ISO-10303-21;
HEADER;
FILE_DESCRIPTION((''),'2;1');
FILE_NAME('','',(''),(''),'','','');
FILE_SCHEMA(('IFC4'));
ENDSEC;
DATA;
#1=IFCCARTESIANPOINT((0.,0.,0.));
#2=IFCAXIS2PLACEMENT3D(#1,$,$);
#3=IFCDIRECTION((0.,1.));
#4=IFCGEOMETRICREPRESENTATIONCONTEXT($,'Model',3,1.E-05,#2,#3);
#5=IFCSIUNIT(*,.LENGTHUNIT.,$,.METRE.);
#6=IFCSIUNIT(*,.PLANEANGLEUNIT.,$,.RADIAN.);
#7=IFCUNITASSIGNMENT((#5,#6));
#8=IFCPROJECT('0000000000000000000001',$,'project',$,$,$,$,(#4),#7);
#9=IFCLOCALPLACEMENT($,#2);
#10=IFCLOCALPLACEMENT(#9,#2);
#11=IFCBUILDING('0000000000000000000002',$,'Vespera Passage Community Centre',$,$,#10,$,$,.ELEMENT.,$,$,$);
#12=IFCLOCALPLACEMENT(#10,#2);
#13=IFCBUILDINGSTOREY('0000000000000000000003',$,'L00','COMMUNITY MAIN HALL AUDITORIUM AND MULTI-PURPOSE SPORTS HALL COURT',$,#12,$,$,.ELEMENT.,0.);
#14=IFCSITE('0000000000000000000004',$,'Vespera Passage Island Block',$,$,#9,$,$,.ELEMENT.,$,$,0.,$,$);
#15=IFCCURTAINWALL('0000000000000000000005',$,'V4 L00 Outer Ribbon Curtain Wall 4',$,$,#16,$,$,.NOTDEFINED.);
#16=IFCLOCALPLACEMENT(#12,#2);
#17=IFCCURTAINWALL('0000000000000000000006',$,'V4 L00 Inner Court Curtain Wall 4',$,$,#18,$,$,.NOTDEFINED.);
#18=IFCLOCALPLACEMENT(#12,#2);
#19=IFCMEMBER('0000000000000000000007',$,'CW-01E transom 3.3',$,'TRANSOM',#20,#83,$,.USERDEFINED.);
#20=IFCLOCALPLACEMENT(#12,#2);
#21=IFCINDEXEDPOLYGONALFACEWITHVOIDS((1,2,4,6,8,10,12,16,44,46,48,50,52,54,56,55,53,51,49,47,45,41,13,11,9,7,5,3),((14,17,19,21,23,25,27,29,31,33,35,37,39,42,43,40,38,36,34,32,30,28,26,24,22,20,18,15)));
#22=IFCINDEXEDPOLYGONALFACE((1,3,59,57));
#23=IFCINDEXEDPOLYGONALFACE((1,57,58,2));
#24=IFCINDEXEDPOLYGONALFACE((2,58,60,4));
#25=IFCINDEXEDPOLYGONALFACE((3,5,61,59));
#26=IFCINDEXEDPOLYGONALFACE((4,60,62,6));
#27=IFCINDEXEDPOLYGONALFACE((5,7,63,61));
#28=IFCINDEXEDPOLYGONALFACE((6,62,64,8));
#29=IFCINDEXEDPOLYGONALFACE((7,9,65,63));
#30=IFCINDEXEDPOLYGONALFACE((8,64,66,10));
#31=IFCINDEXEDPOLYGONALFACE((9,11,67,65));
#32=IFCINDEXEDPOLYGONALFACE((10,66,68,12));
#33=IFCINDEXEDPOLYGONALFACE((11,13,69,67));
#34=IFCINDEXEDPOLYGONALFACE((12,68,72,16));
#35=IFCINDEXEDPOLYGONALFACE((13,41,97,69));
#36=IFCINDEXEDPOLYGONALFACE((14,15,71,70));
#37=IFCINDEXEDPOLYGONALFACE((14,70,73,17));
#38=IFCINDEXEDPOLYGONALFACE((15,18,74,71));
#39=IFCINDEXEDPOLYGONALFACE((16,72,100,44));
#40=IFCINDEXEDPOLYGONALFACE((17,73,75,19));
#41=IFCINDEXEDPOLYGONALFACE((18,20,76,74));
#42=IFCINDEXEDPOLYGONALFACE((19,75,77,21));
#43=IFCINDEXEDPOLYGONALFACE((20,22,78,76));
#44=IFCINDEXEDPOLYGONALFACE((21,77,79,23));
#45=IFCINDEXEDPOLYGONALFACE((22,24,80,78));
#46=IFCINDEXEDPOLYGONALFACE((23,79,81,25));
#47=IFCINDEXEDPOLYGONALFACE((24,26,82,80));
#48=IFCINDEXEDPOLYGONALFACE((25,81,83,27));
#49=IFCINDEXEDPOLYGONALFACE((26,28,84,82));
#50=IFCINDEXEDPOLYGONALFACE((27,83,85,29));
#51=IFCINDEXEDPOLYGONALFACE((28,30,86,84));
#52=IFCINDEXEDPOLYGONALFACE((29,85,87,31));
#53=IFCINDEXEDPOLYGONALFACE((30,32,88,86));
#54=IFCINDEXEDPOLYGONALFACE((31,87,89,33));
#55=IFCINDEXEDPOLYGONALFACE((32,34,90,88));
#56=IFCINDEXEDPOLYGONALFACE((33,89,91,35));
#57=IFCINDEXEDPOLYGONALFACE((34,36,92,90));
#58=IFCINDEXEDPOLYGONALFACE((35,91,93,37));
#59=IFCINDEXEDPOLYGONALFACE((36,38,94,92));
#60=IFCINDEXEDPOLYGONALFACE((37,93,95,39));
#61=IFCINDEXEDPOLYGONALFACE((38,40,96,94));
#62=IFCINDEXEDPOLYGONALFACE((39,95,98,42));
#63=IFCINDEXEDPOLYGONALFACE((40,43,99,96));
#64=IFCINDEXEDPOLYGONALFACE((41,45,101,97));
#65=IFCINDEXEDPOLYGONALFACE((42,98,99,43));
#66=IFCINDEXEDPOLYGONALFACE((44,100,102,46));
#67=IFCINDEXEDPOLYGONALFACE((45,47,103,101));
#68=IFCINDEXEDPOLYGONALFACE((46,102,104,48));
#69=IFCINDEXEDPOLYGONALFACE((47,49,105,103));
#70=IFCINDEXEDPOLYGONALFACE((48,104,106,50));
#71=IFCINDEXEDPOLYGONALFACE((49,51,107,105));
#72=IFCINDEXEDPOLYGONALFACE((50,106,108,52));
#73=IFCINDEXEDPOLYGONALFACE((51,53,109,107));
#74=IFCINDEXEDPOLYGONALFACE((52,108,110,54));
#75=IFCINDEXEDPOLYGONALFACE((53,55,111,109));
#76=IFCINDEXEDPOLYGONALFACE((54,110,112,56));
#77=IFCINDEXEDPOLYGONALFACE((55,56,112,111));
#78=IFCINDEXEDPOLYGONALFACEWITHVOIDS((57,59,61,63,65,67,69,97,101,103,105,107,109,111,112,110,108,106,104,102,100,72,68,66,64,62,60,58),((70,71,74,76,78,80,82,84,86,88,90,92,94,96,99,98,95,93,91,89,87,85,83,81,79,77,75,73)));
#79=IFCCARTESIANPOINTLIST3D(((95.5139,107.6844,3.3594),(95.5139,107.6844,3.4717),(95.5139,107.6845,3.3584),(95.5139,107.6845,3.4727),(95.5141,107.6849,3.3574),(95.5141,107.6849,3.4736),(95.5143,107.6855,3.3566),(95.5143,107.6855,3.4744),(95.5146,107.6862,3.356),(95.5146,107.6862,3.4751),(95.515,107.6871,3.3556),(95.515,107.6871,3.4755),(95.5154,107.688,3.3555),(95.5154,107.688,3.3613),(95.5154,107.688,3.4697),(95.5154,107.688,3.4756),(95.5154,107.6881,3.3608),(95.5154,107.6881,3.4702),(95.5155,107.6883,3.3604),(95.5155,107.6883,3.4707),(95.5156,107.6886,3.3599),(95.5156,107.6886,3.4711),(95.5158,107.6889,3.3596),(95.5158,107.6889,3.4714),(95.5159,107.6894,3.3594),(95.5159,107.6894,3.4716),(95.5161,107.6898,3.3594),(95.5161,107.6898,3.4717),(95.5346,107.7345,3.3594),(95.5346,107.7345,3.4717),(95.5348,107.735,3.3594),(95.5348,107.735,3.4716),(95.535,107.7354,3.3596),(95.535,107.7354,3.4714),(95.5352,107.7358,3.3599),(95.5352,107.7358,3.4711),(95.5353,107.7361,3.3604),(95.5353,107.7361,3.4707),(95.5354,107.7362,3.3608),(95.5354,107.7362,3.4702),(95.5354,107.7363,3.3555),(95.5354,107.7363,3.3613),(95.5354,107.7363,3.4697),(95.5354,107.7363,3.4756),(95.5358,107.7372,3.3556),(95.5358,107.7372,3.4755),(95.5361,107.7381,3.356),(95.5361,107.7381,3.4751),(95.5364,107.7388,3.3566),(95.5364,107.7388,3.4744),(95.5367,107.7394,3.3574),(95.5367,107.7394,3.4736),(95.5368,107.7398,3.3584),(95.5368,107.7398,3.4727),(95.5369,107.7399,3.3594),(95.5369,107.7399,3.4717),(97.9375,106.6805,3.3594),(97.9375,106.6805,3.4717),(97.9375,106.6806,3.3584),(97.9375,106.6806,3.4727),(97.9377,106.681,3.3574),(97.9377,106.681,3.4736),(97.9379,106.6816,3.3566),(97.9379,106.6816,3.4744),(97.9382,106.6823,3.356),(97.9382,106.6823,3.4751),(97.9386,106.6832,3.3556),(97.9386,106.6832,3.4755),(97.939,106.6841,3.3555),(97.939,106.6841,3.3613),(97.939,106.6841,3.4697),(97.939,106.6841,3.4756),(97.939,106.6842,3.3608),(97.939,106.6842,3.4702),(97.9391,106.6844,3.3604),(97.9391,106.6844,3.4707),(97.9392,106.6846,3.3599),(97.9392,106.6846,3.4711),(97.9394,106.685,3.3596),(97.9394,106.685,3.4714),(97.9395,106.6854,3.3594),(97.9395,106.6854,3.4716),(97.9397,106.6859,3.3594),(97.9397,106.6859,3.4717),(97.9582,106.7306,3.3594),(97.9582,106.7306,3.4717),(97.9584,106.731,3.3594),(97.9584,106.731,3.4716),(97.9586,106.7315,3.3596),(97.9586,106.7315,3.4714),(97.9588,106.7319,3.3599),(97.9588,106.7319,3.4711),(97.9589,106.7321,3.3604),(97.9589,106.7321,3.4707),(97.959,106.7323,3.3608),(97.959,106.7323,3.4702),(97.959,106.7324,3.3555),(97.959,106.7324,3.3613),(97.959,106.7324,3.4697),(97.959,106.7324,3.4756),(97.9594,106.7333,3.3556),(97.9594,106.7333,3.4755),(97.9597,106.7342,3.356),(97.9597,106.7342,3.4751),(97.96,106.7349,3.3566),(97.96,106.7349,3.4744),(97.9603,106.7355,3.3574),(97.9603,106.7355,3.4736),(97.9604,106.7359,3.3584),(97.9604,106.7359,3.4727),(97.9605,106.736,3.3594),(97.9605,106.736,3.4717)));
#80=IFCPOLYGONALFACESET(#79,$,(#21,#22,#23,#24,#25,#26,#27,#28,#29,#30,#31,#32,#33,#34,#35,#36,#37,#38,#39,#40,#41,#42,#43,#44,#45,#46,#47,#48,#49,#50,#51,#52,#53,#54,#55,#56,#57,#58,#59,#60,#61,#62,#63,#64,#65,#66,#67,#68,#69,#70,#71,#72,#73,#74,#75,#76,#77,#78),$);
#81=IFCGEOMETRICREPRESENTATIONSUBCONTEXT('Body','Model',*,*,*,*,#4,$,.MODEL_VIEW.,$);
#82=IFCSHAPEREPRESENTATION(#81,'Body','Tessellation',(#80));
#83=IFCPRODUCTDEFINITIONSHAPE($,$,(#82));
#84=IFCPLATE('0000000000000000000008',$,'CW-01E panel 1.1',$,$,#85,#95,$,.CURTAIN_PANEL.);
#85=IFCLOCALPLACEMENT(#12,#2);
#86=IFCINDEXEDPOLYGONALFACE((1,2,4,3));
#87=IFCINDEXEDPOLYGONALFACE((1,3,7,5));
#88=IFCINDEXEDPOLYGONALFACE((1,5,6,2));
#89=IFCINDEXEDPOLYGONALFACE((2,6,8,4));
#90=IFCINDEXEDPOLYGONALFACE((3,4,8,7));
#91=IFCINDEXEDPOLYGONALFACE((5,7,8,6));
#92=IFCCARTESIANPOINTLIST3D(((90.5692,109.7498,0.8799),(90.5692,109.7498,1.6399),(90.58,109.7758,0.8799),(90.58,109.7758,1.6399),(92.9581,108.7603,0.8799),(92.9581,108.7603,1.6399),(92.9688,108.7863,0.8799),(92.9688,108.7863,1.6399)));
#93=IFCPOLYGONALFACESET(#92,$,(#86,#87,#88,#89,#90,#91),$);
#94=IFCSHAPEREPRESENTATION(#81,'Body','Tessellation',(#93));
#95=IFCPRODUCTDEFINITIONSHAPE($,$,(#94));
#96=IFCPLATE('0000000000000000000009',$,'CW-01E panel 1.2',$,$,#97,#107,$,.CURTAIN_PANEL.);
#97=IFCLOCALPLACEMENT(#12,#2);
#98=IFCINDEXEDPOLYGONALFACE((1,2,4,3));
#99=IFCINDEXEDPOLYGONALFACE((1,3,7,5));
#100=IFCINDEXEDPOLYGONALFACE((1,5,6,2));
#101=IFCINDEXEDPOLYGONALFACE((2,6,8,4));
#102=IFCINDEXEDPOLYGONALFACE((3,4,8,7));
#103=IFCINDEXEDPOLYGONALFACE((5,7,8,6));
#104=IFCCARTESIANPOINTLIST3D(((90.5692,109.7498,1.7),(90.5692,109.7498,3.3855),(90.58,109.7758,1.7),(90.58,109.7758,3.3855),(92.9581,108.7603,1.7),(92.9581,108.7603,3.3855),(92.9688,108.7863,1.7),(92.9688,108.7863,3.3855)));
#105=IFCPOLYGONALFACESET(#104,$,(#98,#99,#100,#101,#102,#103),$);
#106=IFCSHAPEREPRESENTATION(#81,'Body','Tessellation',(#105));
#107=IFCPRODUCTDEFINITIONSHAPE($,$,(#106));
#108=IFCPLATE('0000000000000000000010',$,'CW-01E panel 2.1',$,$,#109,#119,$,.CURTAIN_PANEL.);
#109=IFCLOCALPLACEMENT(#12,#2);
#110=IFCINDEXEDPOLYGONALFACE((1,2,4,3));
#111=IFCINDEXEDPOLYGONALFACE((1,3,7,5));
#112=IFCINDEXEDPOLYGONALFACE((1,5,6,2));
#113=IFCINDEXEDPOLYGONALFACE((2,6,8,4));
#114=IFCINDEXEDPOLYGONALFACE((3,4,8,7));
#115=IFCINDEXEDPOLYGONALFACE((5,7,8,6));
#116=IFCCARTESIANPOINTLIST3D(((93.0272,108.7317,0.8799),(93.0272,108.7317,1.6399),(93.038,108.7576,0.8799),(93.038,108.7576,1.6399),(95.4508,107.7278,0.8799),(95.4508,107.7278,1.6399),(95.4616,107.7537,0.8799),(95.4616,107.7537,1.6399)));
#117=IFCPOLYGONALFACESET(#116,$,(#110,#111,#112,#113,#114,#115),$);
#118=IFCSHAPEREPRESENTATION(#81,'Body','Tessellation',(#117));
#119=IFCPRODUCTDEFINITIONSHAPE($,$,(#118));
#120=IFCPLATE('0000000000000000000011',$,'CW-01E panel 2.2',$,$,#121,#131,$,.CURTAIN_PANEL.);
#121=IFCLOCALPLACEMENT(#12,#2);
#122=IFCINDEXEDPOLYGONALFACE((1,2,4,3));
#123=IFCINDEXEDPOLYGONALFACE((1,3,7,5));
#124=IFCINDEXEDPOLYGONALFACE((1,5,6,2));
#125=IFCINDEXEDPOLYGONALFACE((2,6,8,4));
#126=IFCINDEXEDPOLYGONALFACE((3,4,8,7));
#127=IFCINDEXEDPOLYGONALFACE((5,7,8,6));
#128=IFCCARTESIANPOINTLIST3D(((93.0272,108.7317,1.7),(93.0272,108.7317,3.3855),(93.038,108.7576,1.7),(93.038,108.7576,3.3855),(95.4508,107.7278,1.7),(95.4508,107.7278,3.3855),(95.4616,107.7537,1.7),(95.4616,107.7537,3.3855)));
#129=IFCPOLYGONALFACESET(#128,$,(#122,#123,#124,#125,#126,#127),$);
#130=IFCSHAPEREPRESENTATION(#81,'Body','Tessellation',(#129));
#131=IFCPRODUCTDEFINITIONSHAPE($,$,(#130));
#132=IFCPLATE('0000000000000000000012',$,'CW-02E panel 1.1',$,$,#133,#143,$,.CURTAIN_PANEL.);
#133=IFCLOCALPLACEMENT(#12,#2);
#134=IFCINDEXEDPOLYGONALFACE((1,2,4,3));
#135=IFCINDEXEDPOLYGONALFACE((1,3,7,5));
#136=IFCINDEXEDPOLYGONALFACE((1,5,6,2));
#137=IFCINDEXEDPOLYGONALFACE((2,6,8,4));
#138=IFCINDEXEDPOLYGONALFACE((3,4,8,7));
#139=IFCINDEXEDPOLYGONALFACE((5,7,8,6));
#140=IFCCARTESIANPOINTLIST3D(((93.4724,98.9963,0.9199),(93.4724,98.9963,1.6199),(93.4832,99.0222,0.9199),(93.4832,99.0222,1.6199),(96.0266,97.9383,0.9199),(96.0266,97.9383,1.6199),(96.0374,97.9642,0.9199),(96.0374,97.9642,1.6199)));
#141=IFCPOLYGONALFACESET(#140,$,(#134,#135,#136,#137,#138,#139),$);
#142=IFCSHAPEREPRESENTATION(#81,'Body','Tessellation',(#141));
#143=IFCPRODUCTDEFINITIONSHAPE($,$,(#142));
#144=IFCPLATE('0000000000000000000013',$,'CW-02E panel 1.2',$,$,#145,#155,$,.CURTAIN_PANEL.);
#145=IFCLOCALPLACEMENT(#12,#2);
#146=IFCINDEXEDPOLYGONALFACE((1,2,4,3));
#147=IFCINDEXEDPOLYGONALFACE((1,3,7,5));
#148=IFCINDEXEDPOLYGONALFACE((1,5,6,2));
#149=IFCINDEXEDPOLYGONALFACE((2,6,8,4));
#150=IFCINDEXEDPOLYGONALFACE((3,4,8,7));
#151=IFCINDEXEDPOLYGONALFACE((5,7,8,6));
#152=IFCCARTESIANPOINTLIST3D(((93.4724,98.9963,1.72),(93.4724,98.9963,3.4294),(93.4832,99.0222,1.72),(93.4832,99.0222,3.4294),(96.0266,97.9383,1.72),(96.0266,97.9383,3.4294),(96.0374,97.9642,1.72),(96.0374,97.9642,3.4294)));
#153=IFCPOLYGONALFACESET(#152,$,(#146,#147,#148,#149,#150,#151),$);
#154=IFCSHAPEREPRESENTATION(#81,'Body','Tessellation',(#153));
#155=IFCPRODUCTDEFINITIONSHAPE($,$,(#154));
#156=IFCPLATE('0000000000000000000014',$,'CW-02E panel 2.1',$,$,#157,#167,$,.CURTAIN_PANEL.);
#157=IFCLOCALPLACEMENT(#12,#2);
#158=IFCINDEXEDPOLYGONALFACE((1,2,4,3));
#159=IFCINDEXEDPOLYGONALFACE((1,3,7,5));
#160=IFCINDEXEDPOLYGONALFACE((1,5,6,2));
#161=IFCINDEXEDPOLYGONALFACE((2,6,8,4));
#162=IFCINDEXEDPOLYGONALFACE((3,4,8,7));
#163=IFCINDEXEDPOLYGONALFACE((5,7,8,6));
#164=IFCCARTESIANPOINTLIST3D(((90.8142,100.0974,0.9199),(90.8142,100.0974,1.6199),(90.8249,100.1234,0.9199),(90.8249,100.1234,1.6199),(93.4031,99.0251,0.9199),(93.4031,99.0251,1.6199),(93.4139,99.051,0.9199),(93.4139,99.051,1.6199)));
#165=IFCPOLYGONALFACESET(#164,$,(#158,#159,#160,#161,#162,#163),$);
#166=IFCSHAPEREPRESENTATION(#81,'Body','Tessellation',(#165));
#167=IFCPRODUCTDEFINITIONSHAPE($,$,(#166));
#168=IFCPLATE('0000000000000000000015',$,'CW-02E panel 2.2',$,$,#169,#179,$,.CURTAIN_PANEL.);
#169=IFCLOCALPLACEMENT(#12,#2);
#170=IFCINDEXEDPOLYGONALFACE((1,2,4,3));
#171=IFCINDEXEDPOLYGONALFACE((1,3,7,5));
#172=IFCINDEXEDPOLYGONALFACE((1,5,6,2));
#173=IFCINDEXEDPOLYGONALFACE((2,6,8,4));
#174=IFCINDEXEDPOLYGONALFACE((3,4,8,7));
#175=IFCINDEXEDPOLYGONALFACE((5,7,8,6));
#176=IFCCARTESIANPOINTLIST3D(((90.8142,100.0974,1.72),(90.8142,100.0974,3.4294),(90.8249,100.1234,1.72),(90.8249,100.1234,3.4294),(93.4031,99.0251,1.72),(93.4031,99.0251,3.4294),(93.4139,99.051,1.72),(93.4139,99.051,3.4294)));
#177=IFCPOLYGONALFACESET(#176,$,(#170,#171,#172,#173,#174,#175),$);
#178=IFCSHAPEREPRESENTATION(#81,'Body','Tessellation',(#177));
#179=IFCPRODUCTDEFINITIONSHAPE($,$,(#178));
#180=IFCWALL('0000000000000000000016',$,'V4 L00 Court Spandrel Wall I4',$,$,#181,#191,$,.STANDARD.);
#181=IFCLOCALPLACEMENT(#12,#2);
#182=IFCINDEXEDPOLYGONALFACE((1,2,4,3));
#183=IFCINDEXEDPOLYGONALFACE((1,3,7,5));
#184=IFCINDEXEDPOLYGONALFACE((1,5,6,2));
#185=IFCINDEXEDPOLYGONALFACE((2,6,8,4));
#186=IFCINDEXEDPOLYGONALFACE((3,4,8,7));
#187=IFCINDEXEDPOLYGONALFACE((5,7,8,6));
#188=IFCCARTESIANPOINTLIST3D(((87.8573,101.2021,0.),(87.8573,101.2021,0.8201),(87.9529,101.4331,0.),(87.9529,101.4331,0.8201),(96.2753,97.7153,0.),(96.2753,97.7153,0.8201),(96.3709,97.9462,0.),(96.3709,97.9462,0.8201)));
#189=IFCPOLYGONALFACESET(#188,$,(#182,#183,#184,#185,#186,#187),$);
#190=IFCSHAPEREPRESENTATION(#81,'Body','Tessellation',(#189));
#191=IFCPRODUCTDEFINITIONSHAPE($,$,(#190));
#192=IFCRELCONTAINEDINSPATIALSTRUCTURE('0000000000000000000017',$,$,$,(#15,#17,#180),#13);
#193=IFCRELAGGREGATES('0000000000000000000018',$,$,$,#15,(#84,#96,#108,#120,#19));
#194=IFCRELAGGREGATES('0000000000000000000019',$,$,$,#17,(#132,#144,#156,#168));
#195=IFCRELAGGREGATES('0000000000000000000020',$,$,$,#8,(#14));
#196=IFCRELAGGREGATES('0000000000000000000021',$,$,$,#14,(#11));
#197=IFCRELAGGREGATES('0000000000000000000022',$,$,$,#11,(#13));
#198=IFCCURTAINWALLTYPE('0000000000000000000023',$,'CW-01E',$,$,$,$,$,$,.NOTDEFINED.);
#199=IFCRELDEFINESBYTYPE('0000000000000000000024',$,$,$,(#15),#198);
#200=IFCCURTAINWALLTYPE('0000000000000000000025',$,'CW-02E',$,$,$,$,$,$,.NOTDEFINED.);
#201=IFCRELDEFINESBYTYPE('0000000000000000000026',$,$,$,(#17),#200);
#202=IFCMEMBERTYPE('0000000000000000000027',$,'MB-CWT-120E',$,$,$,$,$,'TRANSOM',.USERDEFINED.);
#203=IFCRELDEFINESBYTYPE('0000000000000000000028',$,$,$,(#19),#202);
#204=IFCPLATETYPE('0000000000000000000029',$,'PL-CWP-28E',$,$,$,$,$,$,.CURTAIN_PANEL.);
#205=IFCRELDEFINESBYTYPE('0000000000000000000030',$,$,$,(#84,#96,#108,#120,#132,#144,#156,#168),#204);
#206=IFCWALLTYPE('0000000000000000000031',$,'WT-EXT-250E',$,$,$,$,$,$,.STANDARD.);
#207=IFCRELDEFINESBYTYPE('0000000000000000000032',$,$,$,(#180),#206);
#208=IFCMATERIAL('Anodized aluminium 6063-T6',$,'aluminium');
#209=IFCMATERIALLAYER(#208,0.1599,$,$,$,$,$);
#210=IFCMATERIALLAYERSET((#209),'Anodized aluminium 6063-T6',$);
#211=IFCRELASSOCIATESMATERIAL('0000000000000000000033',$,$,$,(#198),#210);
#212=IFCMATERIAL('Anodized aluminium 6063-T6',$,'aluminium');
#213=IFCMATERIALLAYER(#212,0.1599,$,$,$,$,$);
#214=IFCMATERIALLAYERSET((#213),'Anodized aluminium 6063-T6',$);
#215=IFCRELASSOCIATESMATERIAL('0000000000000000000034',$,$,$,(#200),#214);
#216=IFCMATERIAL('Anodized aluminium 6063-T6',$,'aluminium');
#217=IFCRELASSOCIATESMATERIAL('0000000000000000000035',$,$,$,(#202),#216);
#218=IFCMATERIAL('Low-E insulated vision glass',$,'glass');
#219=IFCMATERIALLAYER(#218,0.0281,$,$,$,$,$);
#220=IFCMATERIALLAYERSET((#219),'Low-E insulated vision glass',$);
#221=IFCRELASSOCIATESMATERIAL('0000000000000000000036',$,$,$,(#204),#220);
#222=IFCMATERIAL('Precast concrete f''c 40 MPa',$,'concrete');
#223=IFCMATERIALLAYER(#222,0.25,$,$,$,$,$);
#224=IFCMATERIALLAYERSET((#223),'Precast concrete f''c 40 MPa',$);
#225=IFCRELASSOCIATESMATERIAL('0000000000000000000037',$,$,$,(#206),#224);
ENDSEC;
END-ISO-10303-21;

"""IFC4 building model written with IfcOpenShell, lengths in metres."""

from ifc_helpers import new_model, si_unit, direction, frame, frame_2d, origin, origin_2d, place, context, subcontext, project, spatial, rectangle, hollow_rectangle, extrude, material, layer, layer_set, material_profile, profile_set, type_object, element, aggregate, save


model = new_model("IFC4")

# Units and contexts
model_context = context("Model", 3, precision=1e-05, world=origin(), true_north=direction((0.0, 1.0)))
body_context = subcontext(model_context, "Body", "Model", "MODEL_VIEW")
ifc_project = project(units=[si_unit("LENGTHUNIT", "METRE"), si_unit("PLANEANGLEUNIT", "RADIAN")], contexts=[model_context])

# Site, building, storey
site_placement = place(None, origin())
site = spatial("IfcSite", under=ifc_project, at=site_placement, Name="Vespera Passage Island Block", CompositionType="ELEMENT", RefElevation=0.0)
building_placement = place(site_placement, origin())
building = spatial("IfcBuilding", under=site, at=building_placement, Name="Vespera Passage Community Centre", CompositionType="ELEMENT")
storey_placement = place(building_placement, origin())
storey = spatial("IfcBuildingStorey", under=building, at=storey_placement, Name="L00", Description="COMMUNITY MAIN HALL AUDITORIUM AND MULTI-PURPOSE SPORTS HALL COURT", CompositionType="ELEMENT", Elevation=0.0)

# Curtain walls
ifc_material_1 = material(Name="Anodized aluminium 6063-T6", Category="aluminium")
ifc_layer_1 = layer(ifc_material_1, 0.1599)
ifc_layer_set_1 = layer_set([ifc_layer_1], Name="Anodized aluminium 6063-T6")
curtain_wall_type_1 = type_object("IfcCurtainWallType", Name="CW-01E", PredefinedType="NOTDEFINED", material=ifc_layer_set_1)
curtain_wall_1_placement = place(storey_placement, origin())
curtain_wall_1 = element("IfcCurtainWall", 1, at=curtain_wall_1_placement, inside=storey, type_object=curtain_wall_type_1, Name="V4 L00 Outer Ribbon Curtain Wall 4", PredefinedType="NOTDEFINED")
ifc_material_2 = material(Name="Anodized aluminium 6063-T6", Category="aluminium")
ifc_layer_2 = layer(ifc_material_2, 0.1599)
ifc_layer_set_2 = layer_set([ifc_layer_2], Name="Anodized aluminium 6063-T6")
curtain_wall_type_2 = type_object("IfcCurtainWallType", Name="CW-02E", PredefinedType="NOTDEFINED", material=ifc_layer_set_2)
curtain_wall_2_placement = place(storey_placement, origin())
curtain_wall_2 = element("IfcCurtainWall", 2, at=curtain_wall_2_placement, inside=storey, type_object=curtain_wall_type_2, Name="V4 L00 Inner Court Curtain Wall 4", PredefinedType="NOTDEFINED")

# Member
ifc_material_3 = material(Name="Anodized aluminium 6063-T6", Category="aluminium")
ifc_material_profile_1 = material_profile(ifc_material_3, hollow_rectangle(XDim=0.0601, YDim=0.1201, WallThickness=0.0039, InnerFilletRadius=0.002, OuterFilletRadius=0.0039, at=origin_2d()), Name="ALU120X60X4")
ifc_profile_set_1 = profile_set([ifc_material_profile_1], Name="Anodized aluminium 6063-T6")
member_type_1 = type_object("IfcMemberType", Name="MB-CWT-120E", ElementType="TRANSOM", PredefinedType="USERDEFINED", material=ifc_profile_set_1)
member_1_placement = place(storey_placement, frame((95.5254, 107.7122, 3.4155), z_axis=(0.923876, -0.382692, 0.0), x_axis=(0.382692, 0.923876, 0.0)))
member_1 = element("IfcMember", 3, at=member_1_placement, type_object=member_type_1, Name="CW-01E transom 3.3", ObjectType="TRANSOM", PredefinedType="USERDEFINED", context=body_context, shape_type="SweptSolid", body=[
    extrude(hollow_rectangle(XDim=0.0601, YDim=0.1201, WallThickness=0.0039, InnerFilletRadius=0.002, OuterFilletRadius=0.0039, at=origin_2d()), origin(), (0.0, 0.0, 1.0), 2.6233),
])

# Plates
ifc_material_4 = material(Name="Low-E insulated vision glass", Category="glass")
ifc_layer_3 = layer(ifc_material_4, 0.0281)
ifc_layer_set_3 = layer_set([ifc_layer_3], Name="Low-E insulated vision glass")
plate_type = type_object("IfcPlateType", Name="PL-CWP-28E", PredefinedType="CURTAIN_PANEL", material=ifc_layer_set_3)
plate_1_placement = place(storey_placement, frame((91.769, 109.2681, 0.8799), z_axis=(0.0, 0.0, 1.0), x_axis=(0.92388, -0.382683, 0.0)))
plate_1 = element("IfcPlate", 4, at=plate_1_placement, type_object=plate_type, Name="CW-01E panel 1.1", PredefinedType="CURTAIN_PANEL", context=body_context, shape_type="SweptSolid", body=[
    extrude(rectangle(XDim=2.5857, YDim=0.0281, at=origin_2d()), origin(), (0.0, 0.0, 1.0), 0.76),
])
plate_2_placement = place(storey_placement, frame((91.769, 109.2681, 1.7), z_axis=(0.0, 0.0, 1.0), x_axis=(0.92388, -0.382683, 0.0)))
plate_2 = element("IfcPlate", 5, at=plate_2_placement, type_object=plate_type, Name="CW-01E panel 1.2", PredefinedType="CURTAIN_PANEL", context=body_context, shape_type="SweptSolid", body=[
    extrude(rectangle(XDim=2.5857, YDim=0.0281, at=origin_2d()), origin(), (0.0, 0.0, 1.0), 1.6855),
])
plate_3_placement = place(storey_placement, frame((94.2444, 108.2427, 0.8799), z_axis=(0.0, 0.0, 1.0), x_axis=(0.92388, -0.382683, 0.0)))
plate_3 = element("IfcPlate", 6, at=plate_3_placement, type_object=plate_type, Name="CW-01E panel 2.1", PredefinedType="CURTAIN_PANEL", context=body_context, shape_type="SweptSolid", body=[
    extrude(rectangle(XDim=2.6233, YDim=0.0281, at=origin_2d()), origin(), (0.0, 0.0, 1.0), 0.76),
])
plate_4_placement = place(storey_placement, frame((94.2444, 108.2427, 1.7), z_axis=(0.0, 0.0, 1.0), x_axis=(0.92388, -0.382683, 0.0)))
plate_4 = element("IfcPlate", 7, at=plate_4_placement, type_object=plate_type, Name="CW-01E panel 2.2", PredefinedType="CURTAIN_PANEL", context=body_context, shape_type="SweptSolid", body=[
    extrude(rectangle(XDim=2.6233, YDim=0.0281, at=origin_2d()), origin(), (0.0, 0.0, 1.0), 1.6855),
])
aggregate(curtain_wall_1, [plate_1, plate_2, plate_3, plate_4, member_1])
plate_5_placement = place(storey_placement, frame((94.7549, 98.4802, 0.9199), z_axis=(0.0, 0.0, 1.0), x_axis=(-0.923877, 0.38269, 0.0)))
plate_5 = element("IfcPlate", 8, at=plate_5_placement, type_object=plate_type, Name="CW-02E panel 1.1", PredefinedType="CURTAIN_PANEL", context=body_context, shape_type="SweptSolid", body=[
    extrude(rectangle(XDim=2.7646, YDim=0.0281, at=origin_2d()), origin(), (0.0, 0.0, 1.0), 0.7),
])
plate_6_placement = place(storey_placement, frame((94.7549, 98.4802, 1.72), z_axis=(0.0, 0.0, 1.0), x_axis=(-0.923877, 0.38269, 0.0)))
plate_6 = element("IfcPlate", 9, at=plate_6_placement, type_object=plate_type, Name="CW-02E panel 1.2", PredefinedType="CURTAIN_PANEL", context=body_context, shape_type="SweptSolid", body=[
    extrude(rectangle(XDim=2.7646, YDim=0.0281, at=origin_2d()), origin(), (0.0, 0.0, 1.0), 1.7095),
])
plate_7_placement = place(storey_placement, frame((92.114, 99.5742, 0.9199), z_axis=(0.0, 0.0, 1.0), x_axis=(-0.923877, 0.38269, 0.0)))
plate_7 = element("IfcPlate", 10, at=plate_7_placement, type_object=plate_type, Name="CW-02E panel 2.1", PredefinedType="CURTAIN_PANEL", context=body_context, shape_type="SweptSolid", body=[
    extrude(rectangle(XDim=2.8022, YDim=0.0281, at=origin_2d()), origin(), (0.0, 0.0, 1.0), 0.7),
])
plate_8_placement = place(storey_placement, frame((92.114, 99.5742, 1.72), z_axis=(0.0, 0.0, 1.0), x_axis=(-0.923877, 0.38269, 0.0)))
plate_8 = element("IfcPlate", 11, at=plate_8_placement, type_object=plate_type, Name="CW-02E panel 2.2", PredefinedType="CURTAIN_PANEL", context=body_context, shape_type="SweptSolid", body=[
    extrude(rectangle(XDim=2.8022, YDim=0.0281, at=origin_2d()), origin(), (0.0, 0.0, 1.0), 1.7095),
])
aggregate(curtain_wall_2, [plate_5, plate_6, plate_7, plate_8])

# Wall
ifc_material_5 = material(Name="Precast concrete f'c 40 MPa", Category="concrete")
ifc_layer_4 = layer(ifc_material_5, 0.25)
ifc_layer_set_4 = layer_set([ifc_layer_4], Name="Precast concrete f'c 40 MPa")
wall_type = type_object("IfcWallType", Name="WT-EXT-250E", PredefinedType="STANDARD", material=ifc_layer_set_4)
wall_placement = place(storey_placement, frame((96.323, 97.8308, 0.0), z_axis=(0.0, 0.0, 1.0), x_axis=(-0.92388, 0.382682, 0.0)))
element("IfcWall", 12, at=wall_placement, inside=storey, type_object=wall_type, Name="V4 L00 Court Spandrel Wall I4", PredefinedType="STANDARD", context=body_context, shape_type="SweptSolid", body=[
    extrude(rectangle(XDim=9.1116, YDim=0.25, at=frame_2d((4.5557, 0.0))), origin(), (0.0, 0.0, 1.0), 0.8201),
])

save(model, "model.ifc")
